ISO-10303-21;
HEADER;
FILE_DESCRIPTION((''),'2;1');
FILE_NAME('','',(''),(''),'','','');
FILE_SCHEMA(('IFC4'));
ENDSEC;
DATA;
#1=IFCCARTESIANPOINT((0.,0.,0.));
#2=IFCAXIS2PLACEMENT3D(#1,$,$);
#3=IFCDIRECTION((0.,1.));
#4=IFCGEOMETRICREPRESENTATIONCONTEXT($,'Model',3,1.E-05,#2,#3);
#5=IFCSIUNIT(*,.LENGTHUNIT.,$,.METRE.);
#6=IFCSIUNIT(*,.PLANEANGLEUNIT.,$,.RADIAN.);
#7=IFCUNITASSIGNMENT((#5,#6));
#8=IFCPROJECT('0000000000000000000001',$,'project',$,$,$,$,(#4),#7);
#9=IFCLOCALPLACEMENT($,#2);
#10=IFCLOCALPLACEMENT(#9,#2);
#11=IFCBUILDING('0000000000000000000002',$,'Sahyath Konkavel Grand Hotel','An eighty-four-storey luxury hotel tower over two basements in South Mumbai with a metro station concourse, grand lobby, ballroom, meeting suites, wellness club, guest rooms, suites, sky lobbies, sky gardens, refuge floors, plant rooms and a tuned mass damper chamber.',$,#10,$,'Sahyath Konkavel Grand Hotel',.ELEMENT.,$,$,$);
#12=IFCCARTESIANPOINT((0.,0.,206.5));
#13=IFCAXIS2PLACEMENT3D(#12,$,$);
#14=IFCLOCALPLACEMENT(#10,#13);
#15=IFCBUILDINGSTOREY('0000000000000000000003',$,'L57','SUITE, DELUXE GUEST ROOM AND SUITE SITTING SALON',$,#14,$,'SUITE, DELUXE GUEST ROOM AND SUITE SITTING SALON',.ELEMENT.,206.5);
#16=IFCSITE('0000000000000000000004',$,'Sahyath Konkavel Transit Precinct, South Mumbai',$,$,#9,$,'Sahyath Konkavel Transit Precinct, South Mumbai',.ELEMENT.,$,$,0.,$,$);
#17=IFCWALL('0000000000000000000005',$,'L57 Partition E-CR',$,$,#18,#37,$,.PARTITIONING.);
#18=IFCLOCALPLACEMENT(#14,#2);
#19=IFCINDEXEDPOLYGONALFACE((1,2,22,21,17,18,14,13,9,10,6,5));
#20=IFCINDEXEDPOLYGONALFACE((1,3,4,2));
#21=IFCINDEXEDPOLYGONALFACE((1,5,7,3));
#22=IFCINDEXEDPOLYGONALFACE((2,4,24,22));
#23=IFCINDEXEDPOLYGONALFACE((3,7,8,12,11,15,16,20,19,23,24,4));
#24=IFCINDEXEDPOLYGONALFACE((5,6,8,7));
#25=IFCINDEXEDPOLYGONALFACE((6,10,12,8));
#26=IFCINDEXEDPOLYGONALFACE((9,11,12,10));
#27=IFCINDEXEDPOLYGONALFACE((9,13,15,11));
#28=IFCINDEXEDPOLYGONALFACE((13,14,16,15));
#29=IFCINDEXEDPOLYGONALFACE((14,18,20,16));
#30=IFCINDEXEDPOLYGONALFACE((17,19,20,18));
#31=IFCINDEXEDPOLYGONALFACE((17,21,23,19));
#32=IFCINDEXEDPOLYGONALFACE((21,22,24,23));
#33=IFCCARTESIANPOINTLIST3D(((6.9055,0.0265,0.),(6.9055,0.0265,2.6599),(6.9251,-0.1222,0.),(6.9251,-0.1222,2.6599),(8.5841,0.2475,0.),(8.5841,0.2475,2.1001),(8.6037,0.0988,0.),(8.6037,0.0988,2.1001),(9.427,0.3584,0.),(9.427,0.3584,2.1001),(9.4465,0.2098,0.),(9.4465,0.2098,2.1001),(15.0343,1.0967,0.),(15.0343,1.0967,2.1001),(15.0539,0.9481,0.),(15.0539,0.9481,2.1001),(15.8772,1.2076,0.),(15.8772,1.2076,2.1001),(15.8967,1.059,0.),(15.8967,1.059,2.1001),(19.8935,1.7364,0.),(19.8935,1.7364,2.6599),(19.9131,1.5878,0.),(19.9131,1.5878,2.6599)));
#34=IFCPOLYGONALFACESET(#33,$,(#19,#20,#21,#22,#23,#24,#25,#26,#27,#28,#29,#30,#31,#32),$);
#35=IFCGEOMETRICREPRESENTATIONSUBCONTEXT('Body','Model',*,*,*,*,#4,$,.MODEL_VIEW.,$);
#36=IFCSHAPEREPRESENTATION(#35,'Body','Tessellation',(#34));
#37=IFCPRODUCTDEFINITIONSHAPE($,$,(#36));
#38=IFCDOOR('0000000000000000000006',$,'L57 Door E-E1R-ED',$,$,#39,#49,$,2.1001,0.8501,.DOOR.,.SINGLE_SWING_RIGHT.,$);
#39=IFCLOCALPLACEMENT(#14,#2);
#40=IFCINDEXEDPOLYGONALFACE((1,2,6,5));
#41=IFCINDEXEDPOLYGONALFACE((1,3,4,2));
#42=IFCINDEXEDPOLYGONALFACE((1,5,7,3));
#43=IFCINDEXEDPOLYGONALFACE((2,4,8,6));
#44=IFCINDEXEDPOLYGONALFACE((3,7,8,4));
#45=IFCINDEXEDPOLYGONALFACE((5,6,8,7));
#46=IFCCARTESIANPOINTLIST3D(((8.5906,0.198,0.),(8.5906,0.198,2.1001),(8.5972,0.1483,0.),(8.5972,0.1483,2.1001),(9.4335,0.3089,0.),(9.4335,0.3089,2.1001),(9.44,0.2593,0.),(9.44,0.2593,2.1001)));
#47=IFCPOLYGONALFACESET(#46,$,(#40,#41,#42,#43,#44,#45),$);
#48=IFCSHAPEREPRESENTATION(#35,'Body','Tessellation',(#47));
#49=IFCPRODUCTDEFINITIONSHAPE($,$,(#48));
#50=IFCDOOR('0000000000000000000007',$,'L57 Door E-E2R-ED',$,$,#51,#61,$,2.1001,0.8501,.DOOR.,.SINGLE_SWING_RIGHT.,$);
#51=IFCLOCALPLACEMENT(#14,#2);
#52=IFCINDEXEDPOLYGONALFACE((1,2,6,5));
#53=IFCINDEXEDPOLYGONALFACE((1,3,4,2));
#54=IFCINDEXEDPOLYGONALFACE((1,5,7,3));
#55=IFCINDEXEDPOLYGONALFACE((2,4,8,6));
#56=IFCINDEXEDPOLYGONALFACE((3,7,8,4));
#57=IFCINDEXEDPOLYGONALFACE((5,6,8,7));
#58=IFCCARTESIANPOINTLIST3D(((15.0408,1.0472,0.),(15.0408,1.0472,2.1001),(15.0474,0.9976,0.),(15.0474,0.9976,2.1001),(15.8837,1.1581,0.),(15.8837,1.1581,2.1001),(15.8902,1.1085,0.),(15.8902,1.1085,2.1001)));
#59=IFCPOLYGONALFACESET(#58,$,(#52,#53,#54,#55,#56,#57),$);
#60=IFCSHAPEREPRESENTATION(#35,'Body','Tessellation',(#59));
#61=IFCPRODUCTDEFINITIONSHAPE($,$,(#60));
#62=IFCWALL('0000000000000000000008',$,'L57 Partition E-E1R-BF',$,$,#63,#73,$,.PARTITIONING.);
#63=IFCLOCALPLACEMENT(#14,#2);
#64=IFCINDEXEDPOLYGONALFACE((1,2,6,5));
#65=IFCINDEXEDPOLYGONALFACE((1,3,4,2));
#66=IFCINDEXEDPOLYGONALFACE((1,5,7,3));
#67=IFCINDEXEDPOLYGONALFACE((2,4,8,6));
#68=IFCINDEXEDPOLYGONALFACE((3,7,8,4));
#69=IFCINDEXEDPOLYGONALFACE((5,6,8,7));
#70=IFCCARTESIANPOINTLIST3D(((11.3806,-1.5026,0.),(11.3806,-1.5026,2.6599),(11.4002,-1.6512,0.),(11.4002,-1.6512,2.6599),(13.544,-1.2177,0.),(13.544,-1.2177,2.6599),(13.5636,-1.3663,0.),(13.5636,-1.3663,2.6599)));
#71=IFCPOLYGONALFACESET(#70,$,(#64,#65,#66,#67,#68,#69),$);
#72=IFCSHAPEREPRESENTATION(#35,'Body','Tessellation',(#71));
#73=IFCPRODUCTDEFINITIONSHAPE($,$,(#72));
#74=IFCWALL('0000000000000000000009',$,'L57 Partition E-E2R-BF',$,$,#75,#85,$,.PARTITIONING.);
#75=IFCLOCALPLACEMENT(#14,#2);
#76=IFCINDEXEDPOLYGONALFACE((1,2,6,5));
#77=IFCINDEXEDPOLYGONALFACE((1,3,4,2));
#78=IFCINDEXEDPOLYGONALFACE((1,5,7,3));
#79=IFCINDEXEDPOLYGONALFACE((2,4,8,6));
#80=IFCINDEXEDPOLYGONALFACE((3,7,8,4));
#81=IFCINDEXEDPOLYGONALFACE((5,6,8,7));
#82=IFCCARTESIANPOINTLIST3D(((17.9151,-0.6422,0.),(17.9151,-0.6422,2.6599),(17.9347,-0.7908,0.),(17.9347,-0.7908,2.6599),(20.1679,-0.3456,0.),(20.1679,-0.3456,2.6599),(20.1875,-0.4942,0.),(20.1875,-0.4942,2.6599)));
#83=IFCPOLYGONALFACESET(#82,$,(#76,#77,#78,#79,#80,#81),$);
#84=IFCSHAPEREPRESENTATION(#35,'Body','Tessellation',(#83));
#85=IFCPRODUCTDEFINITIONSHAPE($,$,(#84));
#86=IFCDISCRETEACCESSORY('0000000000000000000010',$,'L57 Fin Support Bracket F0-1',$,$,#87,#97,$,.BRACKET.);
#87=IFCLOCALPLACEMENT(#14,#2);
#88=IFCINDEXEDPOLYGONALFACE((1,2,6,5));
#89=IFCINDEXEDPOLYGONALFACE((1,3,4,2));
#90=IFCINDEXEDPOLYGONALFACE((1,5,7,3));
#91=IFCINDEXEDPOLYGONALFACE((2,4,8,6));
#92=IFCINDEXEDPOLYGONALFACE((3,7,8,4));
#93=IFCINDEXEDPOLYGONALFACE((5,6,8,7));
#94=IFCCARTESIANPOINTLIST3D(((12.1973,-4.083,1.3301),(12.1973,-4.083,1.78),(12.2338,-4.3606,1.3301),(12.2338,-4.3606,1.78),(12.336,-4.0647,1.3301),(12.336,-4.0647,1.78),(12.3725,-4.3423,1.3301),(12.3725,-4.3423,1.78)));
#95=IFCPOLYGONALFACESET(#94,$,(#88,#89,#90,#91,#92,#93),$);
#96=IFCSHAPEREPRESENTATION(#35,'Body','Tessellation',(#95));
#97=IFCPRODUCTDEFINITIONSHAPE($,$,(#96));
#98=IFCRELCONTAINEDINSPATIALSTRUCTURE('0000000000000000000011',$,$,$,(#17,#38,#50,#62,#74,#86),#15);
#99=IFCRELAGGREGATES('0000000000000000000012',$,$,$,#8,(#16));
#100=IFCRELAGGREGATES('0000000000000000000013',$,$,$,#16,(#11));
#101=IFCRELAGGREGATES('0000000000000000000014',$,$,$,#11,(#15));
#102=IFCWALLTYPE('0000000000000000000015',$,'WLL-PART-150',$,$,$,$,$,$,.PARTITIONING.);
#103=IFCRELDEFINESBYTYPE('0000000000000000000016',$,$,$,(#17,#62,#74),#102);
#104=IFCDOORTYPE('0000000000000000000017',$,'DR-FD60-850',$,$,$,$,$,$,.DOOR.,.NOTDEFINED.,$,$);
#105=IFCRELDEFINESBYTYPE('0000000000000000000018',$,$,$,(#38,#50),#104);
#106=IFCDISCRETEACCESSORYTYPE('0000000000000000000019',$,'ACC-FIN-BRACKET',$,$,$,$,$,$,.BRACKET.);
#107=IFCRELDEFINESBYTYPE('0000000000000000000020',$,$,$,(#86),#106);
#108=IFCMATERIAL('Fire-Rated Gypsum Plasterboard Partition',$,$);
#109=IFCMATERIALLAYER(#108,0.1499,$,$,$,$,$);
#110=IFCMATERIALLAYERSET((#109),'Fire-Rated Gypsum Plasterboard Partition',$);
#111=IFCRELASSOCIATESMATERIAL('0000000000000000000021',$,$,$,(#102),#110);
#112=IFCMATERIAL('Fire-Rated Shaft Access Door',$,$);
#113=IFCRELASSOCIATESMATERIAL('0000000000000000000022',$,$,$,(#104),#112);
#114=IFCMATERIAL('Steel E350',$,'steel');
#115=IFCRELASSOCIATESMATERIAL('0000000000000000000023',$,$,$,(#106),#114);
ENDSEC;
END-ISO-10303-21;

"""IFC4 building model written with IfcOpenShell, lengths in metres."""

from ifc_helpers import new_model, si_unit, direction, frame, frame_2d, origin, origin_2d, place, context, subcontext, project, spatial, rectangle, extrude, source, transform, mapped, material, layer, layer_set, type_object, element, fill, save


model = new_model("IFC4")

# Units and contexts
model_context = context("Model", 3, precision=1e-05, world=origin(), true_north=direction((0.0, 1.0)))
body_context = subcontext(model_context, "Body", "Model", "MODEL_VIEW")
ifc_project = project(units=[si_unit("LENGTHUNIT", "METRE"), si_unit("PLANEANGLEUNIT", "RADIAN")], contexts=[model_context])

# Site, building, storey
site_placement = place(None, origin())
site = spatial("IfcSite", under=ifc_project, at=site_placement, Name="Sahyath Konkavel Transit Precinct, South Mumbai", LongName="Sahyath Konkavel Transit Precinct, South Mumbai", CompositionType="ELEMENT", RefElevation=0.0)
building_placement = place(site_placement, origin())
building = spatial("IfcBuilding", under=site, at=building_placement, Name="Sahyath Konkavel Grand Hotel", Description="An eighty-four-storey luxury hotel tower over two basements in South Mumbai with a metro station concourse, grand lobby, ballroom, meeting suites, wellness club, guest rooms, suites, sky lobbies, sky gardens, refuge floors, plant rooms and a tuned mass damper chamber.", LongName="Sahyath Konkavel Grand Hotel", CompositionType="ELEMENT")
storey_placement = place(building_placement, frame((0.0, 0.0, 206.5)))
storey = spatial("IfcBuildingStorey", under=building, at=storey_placement, Name="L57", Description="SUITE, DELUXE GUEST ROOM AND SUITE SITTING SALON", LongName="SUITE, DELUXE GUEST ROOM AND SUITE SITTING SALON", CompositionType="ELEMENT", Elevation=206.5)

# Shared definitions
ifc_material_1 = material(Name="Steel E350", Category="steel")

# Wall, openings, doors
ifc_material_2 = material(Name="Fire-Rated Gypsum Plasterboard Partition")
ifc_layer_1 = layer(ifc_material_2, 0.1499)
ifc_layer_set_1 = layer_set([ifc_layer_1], Name="Fire-Rated Gypsum Plasterboard Partition")
wall_type_1 = type_object("IfcWallType", Name="WLL-PART-150", PredefinedType="PARTITIONING", material=ifc_layer_set_1)
wall_1_placement = place(storey_placement, frame((6.9153, -0.0479, 0.0), z_axis=(0.0, 0.0, 1.0), x_axis=(0.991444, 0.13053, 0.0)))
wall_1 = element("IfcWall", 1, at=wall_1_placement, inside=storey, type_object=wall_type_1, Name="L57 Partition E-CR", PredefinedType="PARTITIONING", context=body_context, shape_type="SweptSolid", body=[
    extrude(rectangle(XDim=13.1001, YDim=0.1499, at=frame_2d((6.55, 0.0))), origin(), (0.0, 0.0, 1.0), 2.6599),
])
opening_1_placement = place(wall_1_placement, frame((1.6931, 0.0, 0.0)))
opening_1 = element("IfcOpeningElement", 2, at=opening_1_placement, cuts=wall_1, PredefinedType="OPENING", context=body_context, shape_type="SweptSolid", body=[
    extrude(rectangle(XDim=0.8501, YDim=2.1001, at=frame_2d((0.425, 1.05))), frame((0.0, 0.085, 0.0), z_axis=(0.0, -1.0, 0.0), x_axis=(1.0, 0.0, 0.0)), (0.0, 0.0, 1.0), 0.1699),
])
opening_2_placement = place(wall_1_placement, frame((8.199, 0.0, 0.0)))
opening_2 = element("IfcOpeningElement", 3, at=opening_2_placement, cuts=wall_1, PredefinedType="OPENING", context=body_context, shape_type="SweptSolid", body=[
    extrude(rectangle(XDim=0.8501, YDim=2.1001, at=frame_2d((0.425, 1.05))), frame((0.0, 0.085, 0.0), z_axis=(0.0, -1.0, 0.0), x_axis=(1.0, 0.0, 0.0)), (0.0, 0.0, 1.0), 0.1699),
])
ifc_material_3 = material(Name="Fire-Rated Shaft Access Door")
door_type = type_object("IfcDoorType", Name="DR-FD60-850", OperationType="NOTDEFINED", PredefinedType="DOOR", material=ifc_material_3)
shared_shape_1 = source(origin(), body_context, "Body", "SweptSolid", [
    extrude(rectangle(XDim=0.8501, YDim=0.05, at=origin_2d()), origin(), (0.0, 0.0, 1.0), 2.1001),
])
door_1_placement = place(opening_1_placement, frame((0.425, 0.0, 0.0)))
door_1 = element("IfcDoor", 4, at=door_1_placement, inside=storey, type_object=door_type, Name="L57 Door E-E1R-ED", OperationType="SINGLE_SWING_RIGHT", OverallHeight=2.1001, OverallWidth=0.8501, PredefinedType="DOOR", context=body_context, shape_type="MappedRepresentation", body=[
    mapped(shared_shape_1, transform((0.0, 0.0, 0.0), scale=1.0)),
])
fill(opening_1, door_1)
door_2_placement = place(opening_2_placement, frame((0.425, 0.0, 0.0)))
door_2 = element("IfcDoor", 5, at=door_2_placement, inside=storey, type_object=door_type, Name="L57 Door E-E2R-ED", OperationType="SINGLE_SWING_RIGHT", OverallHeight=2.1001, OverallWidth=0.8501, PredefinedType="DOOR", context=body_context, shape_type="MappedRepresentation", body=[
    mapped(shared_shape_1, transform((0.0, 0.0, 0.0), scale=1.0)),
])
fill(opening_2, door_2)

# Walls
wall_2_placement = place(storey_placement, frame((11.3904, -1.5769, 0.0), z_axis=(0.0, 0.0, 1.0), x_axis=(0.991439, 0.130573, 0.0)))
element("IfcWall", 6, at=wall_2_placement, inside=storey, type_object=wall_type_1, Name="L57 Partition E-E1R-BF", PredefinedType="PARTITIONING", context=body_context, shape_type="SweptSolid", body=[
    extrude(rectangle(XDim=2.1821, YDim=0.1499, at=frame_2d((1.0911, 0.0))), origin(), (0.0, 0.0, 1.0), 2.6599),
])
wall_3_placement = place(storey_placement, frame((17.9248, -0.7166, 0.0), z_axis=(0.0, 0.0, 1.0), x_axis=(0.991441, 0.130552, 0.0)))
element("IfcWall", 7, at=wall_3_placement, inside=storey, type_object=wall_type_1, Name="L57 Partition E-E2R-BF", PredefinedType="PARTITIONING", context=body_context, shape_type="SweptSolid", body=[
    extrude(rectangle(XDim=2.2722, YDim=0.1499, at=frame_2d((1.1362, 0.0))), origin(), (0.0, 0.0, 1.0), 2.6599),
])

# Discrete accessory
discrete_accessory_type = type_object("IfcDiscreteAccessoryType", Name="ACC-FIN-BRACKET", PredefinedType="BRACKET", material=ifc_material_1)
shared_shape_2 = source(origin(), body_context, "Body", "SweptSolid", [
    extrude(rectangle(XDim=0.28, YDim=0.1399, at=origin_2d()), origin(), (0.0, 0.0, 1.0), 0.45),
])
discrete_accessory_placement = place(storey_placement, frame((12.2849, -4.2126, 1.3301), z_axis=(0.0, 0.0, 1.0), x_axis=(0.130526, -0.991445, 0.0)))
element("IfcDiscreteAccessory", 8, at=discrete_accessory_placement, inside=storey, type_object=discrete_accessory_type, Name="L57 Fin Support Bracket F0-1", PredefinedType="BRACKET", context=body_context, shape_type="MappedRepresentation", body=[
    mapped(shared_shape_2, transform((0.0, 0.0, 0.0), scale=1.0)),
])

save(model, "model.ifc")
